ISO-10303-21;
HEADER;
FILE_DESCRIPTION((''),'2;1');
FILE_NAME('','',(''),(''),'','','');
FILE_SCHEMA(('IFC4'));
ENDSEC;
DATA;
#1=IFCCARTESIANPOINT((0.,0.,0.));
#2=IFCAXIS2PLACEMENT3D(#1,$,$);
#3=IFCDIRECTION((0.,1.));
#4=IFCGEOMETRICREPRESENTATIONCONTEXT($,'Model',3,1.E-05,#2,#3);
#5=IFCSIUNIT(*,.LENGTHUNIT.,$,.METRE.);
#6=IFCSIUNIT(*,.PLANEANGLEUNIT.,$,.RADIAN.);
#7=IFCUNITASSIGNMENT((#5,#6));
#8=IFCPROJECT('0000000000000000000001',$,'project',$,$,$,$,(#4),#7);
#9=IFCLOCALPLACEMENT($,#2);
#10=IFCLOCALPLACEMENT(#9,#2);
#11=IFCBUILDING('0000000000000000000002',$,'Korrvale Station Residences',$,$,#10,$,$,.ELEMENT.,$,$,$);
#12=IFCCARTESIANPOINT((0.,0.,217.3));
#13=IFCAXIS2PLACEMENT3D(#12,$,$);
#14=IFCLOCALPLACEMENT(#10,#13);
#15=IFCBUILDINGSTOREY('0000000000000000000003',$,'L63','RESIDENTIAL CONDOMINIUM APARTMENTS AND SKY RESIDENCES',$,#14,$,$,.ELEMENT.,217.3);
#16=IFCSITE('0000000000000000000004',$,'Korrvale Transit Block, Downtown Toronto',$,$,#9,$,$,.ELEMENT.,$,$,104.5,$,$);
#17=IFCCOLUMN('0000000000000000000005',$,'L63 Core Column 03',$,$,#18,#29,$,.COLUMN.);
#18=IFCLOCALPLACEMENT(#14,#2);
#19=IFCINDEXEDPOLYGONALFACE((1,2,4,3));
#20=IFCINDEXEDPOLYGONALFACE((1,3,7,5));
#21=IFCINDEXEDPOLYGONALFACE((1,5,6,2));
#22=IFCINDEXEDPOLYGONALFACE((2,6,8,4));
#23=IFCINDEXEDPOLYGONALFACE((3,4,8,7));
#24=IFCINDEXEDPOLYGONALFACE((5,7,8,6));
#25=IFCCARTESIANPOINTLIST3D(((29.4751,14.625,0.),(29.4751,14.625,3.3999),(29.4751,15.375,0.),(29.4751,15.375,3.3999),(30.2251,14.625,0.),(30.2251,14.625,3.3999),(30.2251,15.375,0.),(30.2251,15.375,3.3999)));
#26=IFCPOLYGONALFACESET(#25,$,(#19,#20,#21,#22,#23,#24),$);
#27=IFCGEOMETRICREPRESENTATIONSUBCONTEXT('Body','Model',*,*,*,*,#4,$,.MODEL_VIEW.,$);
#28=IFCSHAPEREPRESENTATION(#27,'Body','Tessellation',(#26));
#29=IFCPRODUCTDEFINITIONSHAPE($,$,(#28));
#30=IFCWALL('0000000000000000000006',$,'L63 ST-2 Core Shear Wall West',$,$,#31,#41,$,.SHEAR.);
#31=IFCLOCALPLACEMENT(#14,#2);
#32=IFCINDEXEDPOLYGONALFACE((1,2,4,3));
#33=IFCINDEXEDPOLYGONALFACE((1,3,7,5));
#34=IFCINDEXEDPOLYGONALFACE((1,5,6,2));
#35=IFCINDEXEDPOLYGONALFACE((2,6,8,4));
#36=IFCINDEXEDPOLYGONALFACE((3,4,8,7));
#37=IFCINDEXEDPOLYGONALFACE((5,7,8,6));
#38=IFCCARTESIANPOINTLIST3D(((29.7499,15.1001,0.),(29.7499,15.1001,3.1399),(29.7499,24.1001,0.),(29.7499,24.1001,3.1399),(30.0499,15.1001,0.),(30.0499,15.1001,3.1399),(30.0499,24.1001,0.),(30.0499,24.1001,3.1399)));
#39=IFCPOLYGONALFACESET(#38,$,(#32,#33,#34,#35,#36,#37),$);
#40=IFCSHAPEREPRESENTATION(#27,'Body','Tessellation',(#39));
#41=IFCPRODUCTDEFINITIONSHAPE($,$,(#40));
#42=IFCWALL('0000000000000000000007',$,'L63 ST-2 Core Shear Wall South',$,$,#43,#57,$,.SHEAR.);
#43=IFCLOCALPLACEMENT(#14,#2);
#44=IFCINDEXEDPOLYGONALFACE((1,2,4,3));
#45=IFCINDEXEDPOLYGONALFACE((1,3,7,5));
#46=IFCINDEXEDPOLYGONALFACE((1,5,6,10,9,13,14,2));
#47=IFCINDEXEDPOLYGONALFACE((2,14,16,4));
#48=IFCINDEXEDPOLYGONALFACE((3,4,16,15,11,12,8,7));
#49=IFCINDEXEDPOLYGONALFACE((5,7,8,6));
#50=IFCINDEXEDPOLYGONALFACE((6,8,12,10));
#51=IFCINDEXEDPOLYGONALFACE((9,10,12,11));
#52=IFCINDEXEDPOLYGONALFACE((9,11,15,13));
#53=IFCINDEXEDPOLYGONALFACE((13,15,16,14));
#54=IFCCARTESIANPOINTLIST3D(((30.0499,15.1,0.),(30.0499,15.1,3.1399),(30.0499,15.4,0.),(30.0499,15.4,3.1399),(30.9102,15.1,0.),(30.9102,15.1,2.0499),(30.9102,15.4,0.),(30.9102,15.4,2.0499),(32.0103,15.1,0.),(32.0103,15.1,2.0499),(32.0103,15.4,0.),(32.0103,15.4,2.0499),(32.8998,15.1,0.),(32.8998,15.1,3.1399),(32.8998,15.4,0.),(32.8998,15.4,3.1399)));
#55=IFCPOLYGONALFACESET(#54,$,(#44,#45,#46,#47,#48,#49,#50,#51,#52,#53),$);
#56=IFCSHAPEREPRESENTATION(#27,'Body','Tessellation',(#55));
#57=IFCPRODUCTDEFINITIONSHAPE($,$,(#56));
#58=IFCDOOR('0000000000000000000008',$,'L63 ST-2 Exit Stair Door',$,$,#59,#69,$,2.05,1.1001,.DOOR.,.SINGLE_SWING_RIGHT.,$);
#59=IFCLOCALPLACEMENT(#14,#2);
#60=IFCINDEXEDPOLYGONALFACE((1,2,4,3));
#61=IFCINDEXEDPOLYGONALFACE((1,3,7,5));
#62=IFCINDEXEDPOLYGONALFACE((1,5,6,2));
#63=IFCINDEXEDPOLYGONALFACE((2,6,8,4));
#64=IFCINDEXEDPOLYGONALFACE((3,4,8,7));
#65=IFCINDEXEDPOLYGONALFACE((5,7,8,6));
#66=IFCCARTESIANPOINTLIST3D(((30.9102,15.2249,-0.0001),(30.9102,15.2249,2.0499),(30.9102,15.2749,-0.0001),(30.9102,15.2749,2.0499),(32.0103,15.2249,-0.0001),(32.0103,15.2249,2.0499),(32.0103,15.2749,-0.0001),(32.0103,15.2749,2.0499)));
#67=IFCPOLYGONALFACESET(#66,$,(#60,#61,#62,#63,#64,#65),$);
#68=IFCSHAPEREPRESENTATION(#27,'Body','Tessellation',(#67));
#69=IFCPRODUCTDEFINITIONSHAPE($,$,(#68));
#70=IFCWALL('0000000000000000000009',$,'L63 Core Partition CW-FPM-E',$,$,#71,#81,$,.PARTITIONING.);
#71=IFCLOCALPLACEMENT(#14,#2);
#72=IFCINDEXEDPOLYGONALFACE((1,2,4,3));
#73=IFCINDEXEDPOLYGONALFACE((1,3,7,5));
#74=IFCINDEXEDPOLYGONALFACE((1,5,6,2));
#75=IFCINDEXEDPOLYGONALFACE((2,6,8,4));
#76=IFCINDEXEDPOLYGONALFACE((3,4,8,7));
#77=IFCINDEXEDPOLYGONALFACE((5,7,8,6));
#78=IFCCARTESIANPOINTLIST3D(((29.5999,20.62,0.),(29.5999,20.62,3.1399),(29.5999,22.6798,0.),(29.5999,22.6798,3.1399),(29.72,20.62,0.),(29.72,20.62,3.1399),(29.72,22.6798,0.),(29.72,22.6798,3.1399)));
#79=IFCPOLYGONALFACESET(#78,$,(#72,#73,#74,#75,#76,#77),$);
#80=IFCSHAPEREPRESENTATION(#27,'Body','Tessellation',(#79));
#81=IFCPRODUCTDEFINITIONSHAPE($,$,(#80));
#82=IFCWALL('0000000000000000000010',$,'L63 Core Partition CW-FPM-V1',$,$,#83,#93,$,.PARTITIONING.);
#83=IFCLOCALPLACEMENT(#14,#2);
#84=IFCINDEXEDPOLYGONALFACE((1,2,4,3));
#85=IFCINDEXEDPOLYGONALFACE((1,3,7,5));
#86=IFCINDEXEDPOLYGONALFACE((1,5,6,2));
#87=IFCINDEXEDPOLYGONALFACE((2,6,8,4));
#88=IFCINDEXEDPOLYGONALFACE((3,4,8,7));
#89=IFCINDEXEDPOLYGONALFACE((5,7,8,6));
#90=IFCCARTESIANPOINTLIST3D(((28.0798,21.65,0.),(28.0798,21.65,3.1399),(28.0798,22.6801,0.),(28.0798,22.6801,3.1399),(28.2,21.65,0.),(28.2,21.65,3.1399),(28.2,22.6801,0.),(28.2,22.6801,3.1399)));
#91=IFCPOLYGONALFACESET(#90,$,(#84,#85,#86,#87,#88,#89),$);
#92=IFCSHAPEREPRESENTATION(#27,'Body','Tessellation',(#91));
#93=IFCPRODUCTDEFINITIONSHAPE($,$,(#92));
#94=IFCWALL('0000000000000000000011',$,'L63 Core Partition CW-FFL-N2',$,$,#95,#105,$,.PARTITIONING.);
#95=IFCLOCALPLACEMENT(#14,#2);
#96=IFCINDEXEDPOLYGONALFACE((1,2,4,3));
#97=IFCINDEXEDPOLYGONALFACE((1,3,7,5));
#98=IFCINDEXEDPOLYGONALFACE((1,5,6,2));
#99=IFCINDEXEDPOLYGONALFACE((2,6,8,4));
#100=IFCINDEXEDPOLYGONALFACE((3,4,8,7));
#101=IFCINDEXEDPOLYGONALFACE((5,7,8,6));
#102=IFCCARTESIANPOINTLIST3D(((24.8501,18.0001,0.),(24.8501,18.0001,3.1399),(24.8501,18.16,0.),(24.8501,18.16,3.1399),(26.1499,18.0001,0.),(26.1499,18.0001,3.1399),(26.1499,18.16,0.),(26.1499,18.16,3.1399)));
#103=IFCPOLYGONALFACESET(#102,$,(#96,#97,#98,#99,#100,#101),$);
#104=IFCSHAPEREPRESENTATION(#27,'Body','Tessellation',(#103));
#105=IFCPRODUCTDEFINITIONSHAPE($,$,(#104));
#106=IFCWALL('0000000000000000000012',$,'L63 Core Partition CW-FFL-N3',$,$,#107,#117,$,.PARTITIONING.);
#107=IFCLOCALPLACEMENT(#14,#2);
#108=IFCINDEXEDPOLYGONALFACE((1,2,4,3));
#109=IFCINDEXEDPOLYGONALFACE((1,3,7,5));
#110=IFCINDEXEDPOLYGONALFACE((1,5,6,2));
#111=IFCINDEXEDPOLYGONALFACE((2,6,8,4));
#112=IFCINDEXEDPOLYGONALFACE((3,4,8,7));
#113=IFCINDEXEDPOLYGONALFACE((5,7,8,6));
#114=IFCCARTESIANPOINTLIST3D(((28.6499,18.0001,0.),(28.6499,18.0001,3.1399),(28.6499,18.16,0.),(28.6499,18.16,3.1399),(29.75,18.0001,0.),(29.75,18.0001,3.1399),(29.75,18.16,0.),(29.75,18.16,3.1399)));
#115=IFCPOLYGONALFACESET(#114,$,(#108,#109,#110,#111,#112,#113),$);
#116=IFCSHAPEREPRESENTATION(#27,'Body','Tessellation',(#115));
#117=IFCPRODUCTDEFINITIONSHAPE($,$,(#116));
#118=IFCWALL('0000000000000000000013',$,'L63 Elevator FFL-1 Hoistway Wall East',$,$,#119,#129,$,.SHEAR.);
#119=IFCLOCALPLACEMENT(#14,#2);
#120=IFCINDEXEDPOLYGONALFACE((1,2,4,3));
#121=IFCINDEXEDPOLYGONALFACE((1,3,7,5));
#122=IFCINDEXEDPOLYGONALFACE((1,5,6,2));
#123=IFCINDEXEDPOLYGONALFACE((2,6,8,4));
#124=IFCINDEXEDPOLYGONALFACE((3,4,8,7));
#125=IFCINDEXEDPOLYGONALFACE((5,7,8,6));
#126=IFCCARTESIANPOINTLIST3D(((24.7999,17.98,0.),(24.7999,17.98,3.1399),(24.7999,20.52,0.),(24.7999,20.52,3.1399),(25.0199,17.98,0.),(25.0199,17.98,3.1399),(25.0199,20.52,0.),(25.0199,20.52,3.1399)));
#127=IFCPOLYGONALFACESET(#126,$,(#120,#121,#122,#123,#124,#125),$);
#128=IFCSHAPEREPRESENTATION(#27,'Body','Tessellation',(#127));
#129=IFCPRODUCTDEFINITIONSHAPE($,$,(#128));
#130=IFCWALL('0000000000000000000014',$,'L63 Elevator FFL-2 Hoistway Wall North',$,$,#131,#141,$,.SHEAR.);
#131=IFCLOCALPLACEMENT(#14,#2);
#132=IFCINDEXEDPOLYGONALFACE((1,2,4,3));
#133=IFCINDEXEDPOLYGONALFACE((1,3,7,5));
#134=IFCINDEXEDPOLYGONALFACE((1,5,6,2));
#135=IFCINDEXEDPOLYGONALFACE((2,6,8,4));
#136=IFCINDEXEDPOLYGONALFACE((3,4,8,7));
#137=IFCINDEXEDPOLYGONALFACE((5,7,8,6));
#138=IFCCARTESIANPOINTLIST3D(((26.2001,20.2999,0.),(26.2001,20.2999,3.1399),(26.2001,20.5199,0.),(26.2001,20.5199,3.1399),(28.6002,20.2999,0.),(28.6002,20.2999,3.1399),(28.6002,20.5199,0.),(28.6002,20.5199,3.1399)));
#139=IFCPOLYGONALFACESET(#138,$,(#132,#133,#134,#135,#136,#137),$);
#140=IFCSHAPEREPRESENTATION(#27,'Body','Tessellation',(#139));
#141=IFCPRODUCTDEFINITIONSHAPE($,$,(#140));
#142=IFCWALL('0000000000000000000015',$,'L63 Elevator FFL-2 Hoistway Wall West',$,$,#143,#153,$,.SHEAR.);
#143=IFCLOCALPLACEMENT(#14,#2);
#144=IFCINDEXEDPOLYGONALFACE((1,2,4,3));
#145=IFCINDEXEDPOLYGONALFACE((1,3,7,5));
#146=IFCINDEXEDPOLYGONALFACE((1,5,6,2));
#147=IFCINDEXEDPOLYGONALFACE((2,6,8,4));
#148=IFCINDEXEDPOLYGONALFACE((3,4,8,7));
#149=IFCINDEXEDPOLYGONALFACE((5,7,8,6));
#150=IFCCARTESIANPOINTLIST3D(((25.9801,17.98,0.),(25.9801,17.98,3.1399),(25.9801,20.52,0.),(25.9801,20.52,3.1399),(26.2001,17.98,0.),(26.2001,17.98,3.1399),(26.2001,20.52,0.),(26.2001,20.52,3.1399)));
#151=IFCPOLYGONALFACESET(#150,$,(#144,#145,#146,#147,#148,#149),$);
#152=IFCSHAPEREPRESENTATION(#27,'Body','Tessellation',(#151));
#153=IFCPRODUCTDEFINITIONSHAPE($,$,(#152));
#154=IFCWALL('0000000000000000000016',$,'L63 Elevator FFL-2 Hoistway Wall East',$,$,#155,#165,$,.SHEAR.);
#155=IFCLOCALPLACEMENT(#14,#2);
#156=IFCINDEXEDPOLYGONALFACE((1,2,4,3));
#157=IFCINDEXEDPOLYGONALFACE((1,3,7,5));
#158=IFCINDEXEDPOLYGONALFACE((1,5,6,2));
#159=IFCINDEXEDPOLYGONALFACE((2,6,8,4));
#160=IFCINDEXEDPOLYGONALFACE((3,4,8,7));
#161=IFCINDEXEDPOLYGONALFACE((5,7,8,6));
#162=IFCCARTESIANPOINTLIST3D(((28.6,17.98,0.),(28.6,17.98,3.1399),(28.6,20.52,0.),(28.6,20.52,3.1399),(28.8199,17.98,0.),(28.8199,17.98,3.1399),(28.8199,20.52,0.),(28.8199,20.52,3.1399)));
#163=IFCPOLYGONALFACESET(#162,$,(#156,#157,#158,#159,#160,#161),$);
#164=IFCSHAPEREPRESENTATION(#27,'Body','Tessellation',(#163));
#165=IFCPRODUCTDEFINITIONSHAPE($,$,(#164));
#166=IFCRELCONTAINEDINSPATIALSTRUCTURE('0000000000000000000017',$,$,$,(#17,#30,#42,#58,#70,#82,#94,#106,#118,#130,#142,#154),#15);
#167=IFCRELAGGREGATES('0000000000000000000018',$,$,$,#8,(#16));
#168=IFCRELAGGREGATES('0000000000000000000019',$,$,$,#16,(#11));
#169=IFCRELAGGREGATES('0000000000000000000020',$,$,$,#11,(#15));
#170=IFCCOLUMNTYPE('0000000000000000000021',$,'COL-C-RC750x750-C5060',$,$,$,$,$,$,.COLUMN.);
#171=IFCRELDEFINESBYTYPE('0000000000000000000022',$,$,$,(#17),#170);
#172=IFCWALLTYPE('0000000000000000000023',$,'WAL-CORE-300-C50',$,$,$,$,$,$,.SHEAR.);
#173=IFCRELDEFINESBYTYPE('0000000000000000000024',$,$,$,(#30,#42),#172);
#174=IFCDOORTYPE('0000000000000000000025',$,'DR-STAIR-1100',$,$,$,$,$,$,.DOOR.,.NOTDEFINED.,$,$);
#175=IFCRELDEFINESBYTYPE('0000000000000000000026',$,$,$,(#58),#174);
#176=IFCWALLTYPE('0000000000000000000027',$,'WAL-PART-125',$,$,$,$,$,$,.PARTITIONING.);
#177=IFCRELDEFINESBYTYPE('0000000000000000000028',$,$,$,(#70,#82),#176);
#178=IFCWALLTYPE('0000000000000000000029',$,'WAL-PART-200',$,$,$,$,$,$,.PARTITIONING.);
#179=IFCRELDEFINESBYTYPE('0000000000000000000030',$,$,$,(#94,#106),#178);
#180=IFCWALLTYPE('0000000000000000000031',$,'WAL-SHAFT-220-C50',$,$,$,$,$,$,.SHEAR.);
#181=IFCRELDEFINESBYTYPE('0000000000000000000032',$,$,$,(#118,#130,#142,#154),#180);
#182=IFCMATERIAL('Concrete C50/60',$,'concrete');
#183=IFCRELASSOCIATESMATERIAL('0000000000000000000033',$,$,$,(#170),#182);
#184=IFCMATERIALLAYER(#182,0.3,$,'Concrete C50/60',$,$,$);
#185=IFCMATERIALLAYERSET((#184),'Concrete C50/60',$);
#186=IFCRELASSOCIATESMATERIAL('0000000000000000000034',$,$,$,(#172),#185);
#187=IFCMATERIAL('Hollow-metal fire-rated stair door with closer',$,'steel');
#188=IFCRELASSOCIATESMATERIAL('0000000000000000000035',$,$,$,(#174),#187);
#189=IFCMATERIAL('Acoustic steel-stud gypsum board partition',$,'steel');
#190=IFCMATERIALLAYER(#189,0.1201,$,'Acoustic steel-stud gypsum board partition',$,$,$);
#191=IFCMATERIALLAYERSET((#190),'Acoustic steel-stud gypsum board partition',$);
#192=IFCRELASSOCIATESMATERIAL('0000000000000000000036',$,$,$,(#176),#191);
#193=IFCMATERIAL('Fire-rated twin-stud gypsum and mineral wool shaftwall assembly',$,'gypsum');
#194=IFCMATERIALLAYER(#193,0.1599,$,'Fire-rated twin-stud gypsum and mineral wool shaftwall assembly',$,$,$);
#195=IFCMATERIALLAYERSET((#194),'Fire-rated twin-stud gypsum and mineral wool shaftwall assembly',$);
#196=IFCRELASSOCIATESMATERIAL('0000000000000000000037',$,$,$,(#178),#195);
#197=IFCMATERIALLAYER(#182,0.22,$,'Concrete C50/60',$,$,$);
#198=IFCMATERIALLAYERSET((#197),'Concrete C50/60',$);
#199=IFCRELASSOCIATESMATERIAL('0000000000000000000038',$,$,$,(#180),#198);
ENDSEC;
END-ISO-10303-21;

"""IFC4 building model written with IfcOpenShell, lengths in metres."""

from ifc_helpers import new_model, si_unit, direction, frame, frame_2d, origin, origin_2d, place, context, subcontext, project, spatial, rectangle, extrude, material, layer, layer_set, material_profile, profile_set, type_object, element, fill, save


model = new_model("IFC4")

# Units and contexts
model_context = context("Model", 3, precision=1e-05, world=origin(), true_north=direction((0.0, 1.0)))
body_context = subcontext(model_context, "Body", "Model", "MODEL_VIEW")
ifc_project = project(units=[si_unit("LENGTHUNIT", "METRE"), si_unit("PLANEANGLEUNIT", "RADIAN")], contexts=[model_context])

# Site, building, storey
site_placement = place(None, origin())
site = spatial("IfcSite", under=ifc_project, at=site_placement, Name="Korrvale Transit Block, Downtown Toronto", CompositionType="ELEMENT", RefElevation=104.5)
building_placement = place(site_placement, origin())
building = spatial("IfcBuilding", under=site, at=building_placement, Name="Korrvale Station Residences", CompositionType="ELEMENT")
storey_placement = place(building_placement, frame((0.0, 0.0, 217.3)))
storey = spatial("IfcBuildingStorey", under=building, at=storey_placement, Name="L63", Description="RESIDENTIAL CONDOMINIUM APARTMENTS AND SKY RESIDENCES", CompositionType="ELEMENT", Elevation=217.3)

# Column
ifc_material_1 = material(Name="Concrete C50/60", Category="concrete")
ifc_material_profile = material_profile(ifc_material_1, rectangle(XDim=0.75, YDim=0.75, at=origin_2d()), Name="RC750x750")
ifc_profile_set = profile_set([ifc_material_profile], Name="Concrete C50/60")
column_type = type_object("IfcColumnType", Name="COL-C-RC750x750-C5060", PredefinedType="COLUMN", material=ifc_profile_set)
column_placement = place(storey_placement, frame((29.8501, 15.0, 0.0), z_axis=(0.0, 0.0, 1.0), x_axis=(1.0, 0.0, 0.0)))
element("IfcColumn", 1, at=column_placement, inside=storey, type_object=column_type, Name="L63 Core Column 03", PredefinedType="COLUMN", context=body_context, shape_type="SweptSolid", body=[
    extrude(rectangle(XDim=0.75, YDim=0.75, at=origin_2d()), origin(), (0.0, 0.0, 1.0), 3.3999),
])

# Wall
ifc_layer_1 = layer(ifc_material_1, 0.3, Name="Concrete C50/60")
ifc_layer_set_1 = layer_set([ifc_layer_1], Name="Concrete C50/60")
wall_type_1 = type_object("IfcWallType", Name="WAL-CORE-300-C50", PredefinedType="SHEAR", material=ifc_layer_set_1)
wall_1_placement = place(storey_placement, frame((29.8999, 15.1001, 0.0), z_axis=(0.0, 0.0, 1.0), x_axis=(0.0, 1.0, 0.0)))
element("IfcWall", 2, at=wall_1_placement, inside=storey, type_object=wall_type_1, Name="L63 ST-2 Core Shear Wall West", PredefinedType="SHEAR", context=body_context, shape_type="SweptSolid", body=[
    extrude(rectangle(XDim=9.0, YDim=0.3, at=frame_2d((4.5, 0.0))), origin(), (0.0, 0.0, 1.0), 3.1399),
])

# Wall, opening, door
wall_2_placement = place(storey_placement, frame((30.05, 15.25, 0.0), z_axis=(0.0, 0.0, 1.0), x_axis=(1.0, 0.0, 0.0)))
wall_2 = element("IfcWall", 3, at=wall_2_placement, inside=storey, type_object=wall_type_1, Name="L63 ST-2 Core Shear Wall South", PredefinedType="SHEAR", context=body_context, shape_type="SweptSolid", body=[
    extrude(rectangle(XDim=2.8499, YDim=0.3, at=frame_2d((1.4248, 0.0))), origin(), (0.0, 0.0, 1.0), 3.1399),
])
opening_1_placement = place(wall_2_placement, frame((0.8601, 0.0, 0.0)))
opening_1 = element("IfcOpeningElement", 4, at=opening_1_placement, cuts=wall_2, PredefinedType="OPENING", context=body_context, shape_type="SweptSolid", body=[
    extrude(rectangle(XDim=1.1001, YDim=2.05, at=frame_2d((0.55, 1.0249))), frame((0.0, 0.1602, 0.0), z_axis=(0.0, -1.0, 0.0), x_axis=(1.0, 0.0, 0.0)), (0.0, 0.0, 1.0), 0.3201),
])
ifc_material_2 = material(Name="Hollow-metal fire-rated stair door with closer", Category="steel")
door_type_1 = type_object("IfcDoorType", Name="DR-STAIR-1100", OperationType="NOTDEFINED", PredefinedType="DOOR", material=ifc_material_2)
door_1_placement = place(opening_1_placement, origin())
door_1 = element("IfcDoor", 5, at=door_1_placement, inside=storey, type_object=door_type_1, Name="L63 ST-2 Exit Stair Door", OperationType="SINGLE_SWING_RIGHT", OverallHeight=2.05, OverallWidth=1.1001, PredefinedType="DOOR", context=body_context, shape_type="SweptSolid", body=[
    extrude(rectangle(XDim=1.1001, YDim=2.05, at=frame_2d((0.55, 1.0249))), frame((0.0, 0.0249, 0.0), z_axis=(0.0, -1.0, 0.0), x_axis=(1.0, 0.0, 0.0)), (0.0, 0.0, 1.0), 0.05),
])
fill(opening_1, door_1)

# Walls
ifc_material_3 = material(Name="Acoustic steel-stud gypsum board partition", Category="steel")
ifc_layer_2 = layer(ifc_material_3, 0.1201, Name="Acoustic steel-stud gypsum board partition")
ifc_layer_set_2 = layer_set([ifc_layer_2], Name="Acoustic steel-stud gypsum board partition")
wall_type_2 = type_object("IfcWallType", Name="WAL-PART-125", PredefinedType="PARTITIONING", material=ifc_layer_set_2)
wall_3_placement = place(storey_placement, frame((29.6599, 20.6201, 0.0), z_axis=(0.0, 0.0, 1.0), x_axis=(0.0, 1.0, 0.0)))
element("IfcWall", 6, at=wall_3_placement, inside=storey, type_object=wall_type_2, Name="L63 Core Partition CW-FPM-E", PredefinedType="PARTITIONING", context=body_context, shape_type="SweptSolid", body=[
    extrude(rectangle(XDim=2.0598, YDim=0.1201, at=frame_2d((1.0298, 0.0))), origin(), (0.0, 0.0, 1.0), 3.1399),
])
wall_4_placement = place(storey_placement, frame((28.1399, 21.6499, 0.0), z_axis=(0.0, 0.0, 1.0), x_axis=(0.0, 1.0, 0.0)))
element("IfcWall", 7, at=wall_4_placement, inside=storey, type_object=wall_type_2, Name="L63 Core Partition CW-FPM-V1", PredefinedType="PARTITIONING", context=body_context, shape_type="SweptSolid", body=[
    extrude(rectangle(XDim=1.03, YDim=0.1201, at=frame_2d((0.5151, 0.0))), origin(), (0.0, 0.0, 1.0), 3.1399),
])
ifc_material_4 = material(Name="Fire-rated twin-stud gypsum and mineral wool shaftwall assembly", Category="gypsum")
ifc_layer_3 = layer(ifc_material_4, 0.1599, Name="Fire-rated twin-stud gypsum and mineral wool shaftwall assembly")
ifc_layer_set_3 = layer_set([ifc_layer_3], Name="Fire-rated twin-stud gypsum and mineral wool shaftwall assembly")
wall_type_3 = type_object("IfcWallType", Name="WAL-PART-200", PredefinedType="PARTITIONING", material=ifc_layer_set_3)
wall_5_placement = place(storey_placement, frame((24.8501, 18.0801, 0.0), z_axis=(0.0, 0.0, 1.0), x_axis=(1.0, 0.0, 0.0)))
element("IfcWall", 8, at=wall_5_placement, inside=storey, type_object=wall_type_3, Name="L63 Core Partition CW-FFL-N2", PredefinedType="PARTITIONING", context=body_context, shape_type="SweptSolid", body=[
    extrude(rectangle(XDim=1.2998, YDim=0.1599, at=frame_2d((0.6499, 0.0))), origin(), (0.0, 0.0, 1.0), 3.1399),
])
wall_6_placement = place(storey_placement, frame((28.6499, 18.0801, 0.0), z_axis=(0.0, 0.0, 1.0), x_axis=(1.0, 0.0, 0.0)))
element("IfcWall", 9, at=wall_6_placement, inside=storey, type_object=wall_type_3, Name="L63 Core Partition CW-FFL-N3", PredefinedType="PARTITIONING", context=body_context, shape_type="SweptSolid", body=[
    extrude(rectangle(XDim=1.1001, YDim=0.1599, at=frame_2d((0.55, 0.0))), origin(), (0.0, 0.0, 1.0), 3.1399),
])
ifc_layer_4 = layer(ifc_material_1, 0.22, Name="Concrete C50/60")
ifc_layer_set_4 = layer_set([ifc_layer_4], Name="Concrete C50/60")
wall_type_4 = type_object("IfcWallType", Name="WAL-SHAFT-220-C50", PredefinedType="SHEAR", material=ifc_layer_set_4)
wall_7_placement = place(storey_placement, frame((24.9099, 17.98, 0.0), z_axis=(0.0, 0.0, 1.0), x_axis=(0.0, 1.0, 0.0)))
element("IfcWall", 10, at=wall_7_placement, inside=storey, type_object=wall_type_4, Name="L63 Elevator FFL-1 Hoistway Wall East", PredefinedType="SHEAR", context=body_context, shape_type="SweptSolid", body=[
    extrude(rectangle(XDim=2.54, YDim=0.22, at=frame_2d((1.27, 0.0))), origin(), (0.0, 0.0, 1.0), 3.1399),
])

# Walls
wall_8_placement = place(storey_placement, frame((26.2, 20.4099, 0.0), z_axis=(0.0, 0.0, 1.0), x_axis=(1.0, 0.0, 0.0)))
element("IfcWall", 11, at=wall_8_placement, inside=storey, type_object=wall_type_4, Name="L63 Elevator FFL-2 Hoistway Wall North", PredefinedType="SHEAR", context=body_context, shape_type="SweptSolid", body=[
    extrude(rectangle(XDim=2.4001, YDim=0.22, at=frame_2d((1.2002, 0.0))), origin(), (0.0, 0.0, 1.0), 3.1399),
])
for number, where, z_axis, x_axis, name in (
    (12, (26.0901, 17.98, 0.0), (0.0, 0.0, 1.0), (0.0, 1.0, 0.0), "L63 Elevator FFL-2 Hoistway Wall West"),
    (13, (28.71, 17.98, 0.0), (0.0, 0.0, 1.0), (0.0, 1.0, 0.0), "L63 Elevator FFL-2 Hoistway Wall East"),
):
    element("IfcWall", number, at=place(storey_placement, frame(where, z_axis=z_axis, x_axis=x_axis)), inside=storey, type_object=wall_type_4, Name=name, PredefinedType="SHEAR", context=body_context, shape_type="SweptSolid", body=[
        extrude(rectangle(XDim=2.54, YDim=0.22, at=frame_2d((1.27, 0.0))), origin(), (0.0, 0.0, 1.0), 3.1399),
    ])

save(model, "model.ifc")
